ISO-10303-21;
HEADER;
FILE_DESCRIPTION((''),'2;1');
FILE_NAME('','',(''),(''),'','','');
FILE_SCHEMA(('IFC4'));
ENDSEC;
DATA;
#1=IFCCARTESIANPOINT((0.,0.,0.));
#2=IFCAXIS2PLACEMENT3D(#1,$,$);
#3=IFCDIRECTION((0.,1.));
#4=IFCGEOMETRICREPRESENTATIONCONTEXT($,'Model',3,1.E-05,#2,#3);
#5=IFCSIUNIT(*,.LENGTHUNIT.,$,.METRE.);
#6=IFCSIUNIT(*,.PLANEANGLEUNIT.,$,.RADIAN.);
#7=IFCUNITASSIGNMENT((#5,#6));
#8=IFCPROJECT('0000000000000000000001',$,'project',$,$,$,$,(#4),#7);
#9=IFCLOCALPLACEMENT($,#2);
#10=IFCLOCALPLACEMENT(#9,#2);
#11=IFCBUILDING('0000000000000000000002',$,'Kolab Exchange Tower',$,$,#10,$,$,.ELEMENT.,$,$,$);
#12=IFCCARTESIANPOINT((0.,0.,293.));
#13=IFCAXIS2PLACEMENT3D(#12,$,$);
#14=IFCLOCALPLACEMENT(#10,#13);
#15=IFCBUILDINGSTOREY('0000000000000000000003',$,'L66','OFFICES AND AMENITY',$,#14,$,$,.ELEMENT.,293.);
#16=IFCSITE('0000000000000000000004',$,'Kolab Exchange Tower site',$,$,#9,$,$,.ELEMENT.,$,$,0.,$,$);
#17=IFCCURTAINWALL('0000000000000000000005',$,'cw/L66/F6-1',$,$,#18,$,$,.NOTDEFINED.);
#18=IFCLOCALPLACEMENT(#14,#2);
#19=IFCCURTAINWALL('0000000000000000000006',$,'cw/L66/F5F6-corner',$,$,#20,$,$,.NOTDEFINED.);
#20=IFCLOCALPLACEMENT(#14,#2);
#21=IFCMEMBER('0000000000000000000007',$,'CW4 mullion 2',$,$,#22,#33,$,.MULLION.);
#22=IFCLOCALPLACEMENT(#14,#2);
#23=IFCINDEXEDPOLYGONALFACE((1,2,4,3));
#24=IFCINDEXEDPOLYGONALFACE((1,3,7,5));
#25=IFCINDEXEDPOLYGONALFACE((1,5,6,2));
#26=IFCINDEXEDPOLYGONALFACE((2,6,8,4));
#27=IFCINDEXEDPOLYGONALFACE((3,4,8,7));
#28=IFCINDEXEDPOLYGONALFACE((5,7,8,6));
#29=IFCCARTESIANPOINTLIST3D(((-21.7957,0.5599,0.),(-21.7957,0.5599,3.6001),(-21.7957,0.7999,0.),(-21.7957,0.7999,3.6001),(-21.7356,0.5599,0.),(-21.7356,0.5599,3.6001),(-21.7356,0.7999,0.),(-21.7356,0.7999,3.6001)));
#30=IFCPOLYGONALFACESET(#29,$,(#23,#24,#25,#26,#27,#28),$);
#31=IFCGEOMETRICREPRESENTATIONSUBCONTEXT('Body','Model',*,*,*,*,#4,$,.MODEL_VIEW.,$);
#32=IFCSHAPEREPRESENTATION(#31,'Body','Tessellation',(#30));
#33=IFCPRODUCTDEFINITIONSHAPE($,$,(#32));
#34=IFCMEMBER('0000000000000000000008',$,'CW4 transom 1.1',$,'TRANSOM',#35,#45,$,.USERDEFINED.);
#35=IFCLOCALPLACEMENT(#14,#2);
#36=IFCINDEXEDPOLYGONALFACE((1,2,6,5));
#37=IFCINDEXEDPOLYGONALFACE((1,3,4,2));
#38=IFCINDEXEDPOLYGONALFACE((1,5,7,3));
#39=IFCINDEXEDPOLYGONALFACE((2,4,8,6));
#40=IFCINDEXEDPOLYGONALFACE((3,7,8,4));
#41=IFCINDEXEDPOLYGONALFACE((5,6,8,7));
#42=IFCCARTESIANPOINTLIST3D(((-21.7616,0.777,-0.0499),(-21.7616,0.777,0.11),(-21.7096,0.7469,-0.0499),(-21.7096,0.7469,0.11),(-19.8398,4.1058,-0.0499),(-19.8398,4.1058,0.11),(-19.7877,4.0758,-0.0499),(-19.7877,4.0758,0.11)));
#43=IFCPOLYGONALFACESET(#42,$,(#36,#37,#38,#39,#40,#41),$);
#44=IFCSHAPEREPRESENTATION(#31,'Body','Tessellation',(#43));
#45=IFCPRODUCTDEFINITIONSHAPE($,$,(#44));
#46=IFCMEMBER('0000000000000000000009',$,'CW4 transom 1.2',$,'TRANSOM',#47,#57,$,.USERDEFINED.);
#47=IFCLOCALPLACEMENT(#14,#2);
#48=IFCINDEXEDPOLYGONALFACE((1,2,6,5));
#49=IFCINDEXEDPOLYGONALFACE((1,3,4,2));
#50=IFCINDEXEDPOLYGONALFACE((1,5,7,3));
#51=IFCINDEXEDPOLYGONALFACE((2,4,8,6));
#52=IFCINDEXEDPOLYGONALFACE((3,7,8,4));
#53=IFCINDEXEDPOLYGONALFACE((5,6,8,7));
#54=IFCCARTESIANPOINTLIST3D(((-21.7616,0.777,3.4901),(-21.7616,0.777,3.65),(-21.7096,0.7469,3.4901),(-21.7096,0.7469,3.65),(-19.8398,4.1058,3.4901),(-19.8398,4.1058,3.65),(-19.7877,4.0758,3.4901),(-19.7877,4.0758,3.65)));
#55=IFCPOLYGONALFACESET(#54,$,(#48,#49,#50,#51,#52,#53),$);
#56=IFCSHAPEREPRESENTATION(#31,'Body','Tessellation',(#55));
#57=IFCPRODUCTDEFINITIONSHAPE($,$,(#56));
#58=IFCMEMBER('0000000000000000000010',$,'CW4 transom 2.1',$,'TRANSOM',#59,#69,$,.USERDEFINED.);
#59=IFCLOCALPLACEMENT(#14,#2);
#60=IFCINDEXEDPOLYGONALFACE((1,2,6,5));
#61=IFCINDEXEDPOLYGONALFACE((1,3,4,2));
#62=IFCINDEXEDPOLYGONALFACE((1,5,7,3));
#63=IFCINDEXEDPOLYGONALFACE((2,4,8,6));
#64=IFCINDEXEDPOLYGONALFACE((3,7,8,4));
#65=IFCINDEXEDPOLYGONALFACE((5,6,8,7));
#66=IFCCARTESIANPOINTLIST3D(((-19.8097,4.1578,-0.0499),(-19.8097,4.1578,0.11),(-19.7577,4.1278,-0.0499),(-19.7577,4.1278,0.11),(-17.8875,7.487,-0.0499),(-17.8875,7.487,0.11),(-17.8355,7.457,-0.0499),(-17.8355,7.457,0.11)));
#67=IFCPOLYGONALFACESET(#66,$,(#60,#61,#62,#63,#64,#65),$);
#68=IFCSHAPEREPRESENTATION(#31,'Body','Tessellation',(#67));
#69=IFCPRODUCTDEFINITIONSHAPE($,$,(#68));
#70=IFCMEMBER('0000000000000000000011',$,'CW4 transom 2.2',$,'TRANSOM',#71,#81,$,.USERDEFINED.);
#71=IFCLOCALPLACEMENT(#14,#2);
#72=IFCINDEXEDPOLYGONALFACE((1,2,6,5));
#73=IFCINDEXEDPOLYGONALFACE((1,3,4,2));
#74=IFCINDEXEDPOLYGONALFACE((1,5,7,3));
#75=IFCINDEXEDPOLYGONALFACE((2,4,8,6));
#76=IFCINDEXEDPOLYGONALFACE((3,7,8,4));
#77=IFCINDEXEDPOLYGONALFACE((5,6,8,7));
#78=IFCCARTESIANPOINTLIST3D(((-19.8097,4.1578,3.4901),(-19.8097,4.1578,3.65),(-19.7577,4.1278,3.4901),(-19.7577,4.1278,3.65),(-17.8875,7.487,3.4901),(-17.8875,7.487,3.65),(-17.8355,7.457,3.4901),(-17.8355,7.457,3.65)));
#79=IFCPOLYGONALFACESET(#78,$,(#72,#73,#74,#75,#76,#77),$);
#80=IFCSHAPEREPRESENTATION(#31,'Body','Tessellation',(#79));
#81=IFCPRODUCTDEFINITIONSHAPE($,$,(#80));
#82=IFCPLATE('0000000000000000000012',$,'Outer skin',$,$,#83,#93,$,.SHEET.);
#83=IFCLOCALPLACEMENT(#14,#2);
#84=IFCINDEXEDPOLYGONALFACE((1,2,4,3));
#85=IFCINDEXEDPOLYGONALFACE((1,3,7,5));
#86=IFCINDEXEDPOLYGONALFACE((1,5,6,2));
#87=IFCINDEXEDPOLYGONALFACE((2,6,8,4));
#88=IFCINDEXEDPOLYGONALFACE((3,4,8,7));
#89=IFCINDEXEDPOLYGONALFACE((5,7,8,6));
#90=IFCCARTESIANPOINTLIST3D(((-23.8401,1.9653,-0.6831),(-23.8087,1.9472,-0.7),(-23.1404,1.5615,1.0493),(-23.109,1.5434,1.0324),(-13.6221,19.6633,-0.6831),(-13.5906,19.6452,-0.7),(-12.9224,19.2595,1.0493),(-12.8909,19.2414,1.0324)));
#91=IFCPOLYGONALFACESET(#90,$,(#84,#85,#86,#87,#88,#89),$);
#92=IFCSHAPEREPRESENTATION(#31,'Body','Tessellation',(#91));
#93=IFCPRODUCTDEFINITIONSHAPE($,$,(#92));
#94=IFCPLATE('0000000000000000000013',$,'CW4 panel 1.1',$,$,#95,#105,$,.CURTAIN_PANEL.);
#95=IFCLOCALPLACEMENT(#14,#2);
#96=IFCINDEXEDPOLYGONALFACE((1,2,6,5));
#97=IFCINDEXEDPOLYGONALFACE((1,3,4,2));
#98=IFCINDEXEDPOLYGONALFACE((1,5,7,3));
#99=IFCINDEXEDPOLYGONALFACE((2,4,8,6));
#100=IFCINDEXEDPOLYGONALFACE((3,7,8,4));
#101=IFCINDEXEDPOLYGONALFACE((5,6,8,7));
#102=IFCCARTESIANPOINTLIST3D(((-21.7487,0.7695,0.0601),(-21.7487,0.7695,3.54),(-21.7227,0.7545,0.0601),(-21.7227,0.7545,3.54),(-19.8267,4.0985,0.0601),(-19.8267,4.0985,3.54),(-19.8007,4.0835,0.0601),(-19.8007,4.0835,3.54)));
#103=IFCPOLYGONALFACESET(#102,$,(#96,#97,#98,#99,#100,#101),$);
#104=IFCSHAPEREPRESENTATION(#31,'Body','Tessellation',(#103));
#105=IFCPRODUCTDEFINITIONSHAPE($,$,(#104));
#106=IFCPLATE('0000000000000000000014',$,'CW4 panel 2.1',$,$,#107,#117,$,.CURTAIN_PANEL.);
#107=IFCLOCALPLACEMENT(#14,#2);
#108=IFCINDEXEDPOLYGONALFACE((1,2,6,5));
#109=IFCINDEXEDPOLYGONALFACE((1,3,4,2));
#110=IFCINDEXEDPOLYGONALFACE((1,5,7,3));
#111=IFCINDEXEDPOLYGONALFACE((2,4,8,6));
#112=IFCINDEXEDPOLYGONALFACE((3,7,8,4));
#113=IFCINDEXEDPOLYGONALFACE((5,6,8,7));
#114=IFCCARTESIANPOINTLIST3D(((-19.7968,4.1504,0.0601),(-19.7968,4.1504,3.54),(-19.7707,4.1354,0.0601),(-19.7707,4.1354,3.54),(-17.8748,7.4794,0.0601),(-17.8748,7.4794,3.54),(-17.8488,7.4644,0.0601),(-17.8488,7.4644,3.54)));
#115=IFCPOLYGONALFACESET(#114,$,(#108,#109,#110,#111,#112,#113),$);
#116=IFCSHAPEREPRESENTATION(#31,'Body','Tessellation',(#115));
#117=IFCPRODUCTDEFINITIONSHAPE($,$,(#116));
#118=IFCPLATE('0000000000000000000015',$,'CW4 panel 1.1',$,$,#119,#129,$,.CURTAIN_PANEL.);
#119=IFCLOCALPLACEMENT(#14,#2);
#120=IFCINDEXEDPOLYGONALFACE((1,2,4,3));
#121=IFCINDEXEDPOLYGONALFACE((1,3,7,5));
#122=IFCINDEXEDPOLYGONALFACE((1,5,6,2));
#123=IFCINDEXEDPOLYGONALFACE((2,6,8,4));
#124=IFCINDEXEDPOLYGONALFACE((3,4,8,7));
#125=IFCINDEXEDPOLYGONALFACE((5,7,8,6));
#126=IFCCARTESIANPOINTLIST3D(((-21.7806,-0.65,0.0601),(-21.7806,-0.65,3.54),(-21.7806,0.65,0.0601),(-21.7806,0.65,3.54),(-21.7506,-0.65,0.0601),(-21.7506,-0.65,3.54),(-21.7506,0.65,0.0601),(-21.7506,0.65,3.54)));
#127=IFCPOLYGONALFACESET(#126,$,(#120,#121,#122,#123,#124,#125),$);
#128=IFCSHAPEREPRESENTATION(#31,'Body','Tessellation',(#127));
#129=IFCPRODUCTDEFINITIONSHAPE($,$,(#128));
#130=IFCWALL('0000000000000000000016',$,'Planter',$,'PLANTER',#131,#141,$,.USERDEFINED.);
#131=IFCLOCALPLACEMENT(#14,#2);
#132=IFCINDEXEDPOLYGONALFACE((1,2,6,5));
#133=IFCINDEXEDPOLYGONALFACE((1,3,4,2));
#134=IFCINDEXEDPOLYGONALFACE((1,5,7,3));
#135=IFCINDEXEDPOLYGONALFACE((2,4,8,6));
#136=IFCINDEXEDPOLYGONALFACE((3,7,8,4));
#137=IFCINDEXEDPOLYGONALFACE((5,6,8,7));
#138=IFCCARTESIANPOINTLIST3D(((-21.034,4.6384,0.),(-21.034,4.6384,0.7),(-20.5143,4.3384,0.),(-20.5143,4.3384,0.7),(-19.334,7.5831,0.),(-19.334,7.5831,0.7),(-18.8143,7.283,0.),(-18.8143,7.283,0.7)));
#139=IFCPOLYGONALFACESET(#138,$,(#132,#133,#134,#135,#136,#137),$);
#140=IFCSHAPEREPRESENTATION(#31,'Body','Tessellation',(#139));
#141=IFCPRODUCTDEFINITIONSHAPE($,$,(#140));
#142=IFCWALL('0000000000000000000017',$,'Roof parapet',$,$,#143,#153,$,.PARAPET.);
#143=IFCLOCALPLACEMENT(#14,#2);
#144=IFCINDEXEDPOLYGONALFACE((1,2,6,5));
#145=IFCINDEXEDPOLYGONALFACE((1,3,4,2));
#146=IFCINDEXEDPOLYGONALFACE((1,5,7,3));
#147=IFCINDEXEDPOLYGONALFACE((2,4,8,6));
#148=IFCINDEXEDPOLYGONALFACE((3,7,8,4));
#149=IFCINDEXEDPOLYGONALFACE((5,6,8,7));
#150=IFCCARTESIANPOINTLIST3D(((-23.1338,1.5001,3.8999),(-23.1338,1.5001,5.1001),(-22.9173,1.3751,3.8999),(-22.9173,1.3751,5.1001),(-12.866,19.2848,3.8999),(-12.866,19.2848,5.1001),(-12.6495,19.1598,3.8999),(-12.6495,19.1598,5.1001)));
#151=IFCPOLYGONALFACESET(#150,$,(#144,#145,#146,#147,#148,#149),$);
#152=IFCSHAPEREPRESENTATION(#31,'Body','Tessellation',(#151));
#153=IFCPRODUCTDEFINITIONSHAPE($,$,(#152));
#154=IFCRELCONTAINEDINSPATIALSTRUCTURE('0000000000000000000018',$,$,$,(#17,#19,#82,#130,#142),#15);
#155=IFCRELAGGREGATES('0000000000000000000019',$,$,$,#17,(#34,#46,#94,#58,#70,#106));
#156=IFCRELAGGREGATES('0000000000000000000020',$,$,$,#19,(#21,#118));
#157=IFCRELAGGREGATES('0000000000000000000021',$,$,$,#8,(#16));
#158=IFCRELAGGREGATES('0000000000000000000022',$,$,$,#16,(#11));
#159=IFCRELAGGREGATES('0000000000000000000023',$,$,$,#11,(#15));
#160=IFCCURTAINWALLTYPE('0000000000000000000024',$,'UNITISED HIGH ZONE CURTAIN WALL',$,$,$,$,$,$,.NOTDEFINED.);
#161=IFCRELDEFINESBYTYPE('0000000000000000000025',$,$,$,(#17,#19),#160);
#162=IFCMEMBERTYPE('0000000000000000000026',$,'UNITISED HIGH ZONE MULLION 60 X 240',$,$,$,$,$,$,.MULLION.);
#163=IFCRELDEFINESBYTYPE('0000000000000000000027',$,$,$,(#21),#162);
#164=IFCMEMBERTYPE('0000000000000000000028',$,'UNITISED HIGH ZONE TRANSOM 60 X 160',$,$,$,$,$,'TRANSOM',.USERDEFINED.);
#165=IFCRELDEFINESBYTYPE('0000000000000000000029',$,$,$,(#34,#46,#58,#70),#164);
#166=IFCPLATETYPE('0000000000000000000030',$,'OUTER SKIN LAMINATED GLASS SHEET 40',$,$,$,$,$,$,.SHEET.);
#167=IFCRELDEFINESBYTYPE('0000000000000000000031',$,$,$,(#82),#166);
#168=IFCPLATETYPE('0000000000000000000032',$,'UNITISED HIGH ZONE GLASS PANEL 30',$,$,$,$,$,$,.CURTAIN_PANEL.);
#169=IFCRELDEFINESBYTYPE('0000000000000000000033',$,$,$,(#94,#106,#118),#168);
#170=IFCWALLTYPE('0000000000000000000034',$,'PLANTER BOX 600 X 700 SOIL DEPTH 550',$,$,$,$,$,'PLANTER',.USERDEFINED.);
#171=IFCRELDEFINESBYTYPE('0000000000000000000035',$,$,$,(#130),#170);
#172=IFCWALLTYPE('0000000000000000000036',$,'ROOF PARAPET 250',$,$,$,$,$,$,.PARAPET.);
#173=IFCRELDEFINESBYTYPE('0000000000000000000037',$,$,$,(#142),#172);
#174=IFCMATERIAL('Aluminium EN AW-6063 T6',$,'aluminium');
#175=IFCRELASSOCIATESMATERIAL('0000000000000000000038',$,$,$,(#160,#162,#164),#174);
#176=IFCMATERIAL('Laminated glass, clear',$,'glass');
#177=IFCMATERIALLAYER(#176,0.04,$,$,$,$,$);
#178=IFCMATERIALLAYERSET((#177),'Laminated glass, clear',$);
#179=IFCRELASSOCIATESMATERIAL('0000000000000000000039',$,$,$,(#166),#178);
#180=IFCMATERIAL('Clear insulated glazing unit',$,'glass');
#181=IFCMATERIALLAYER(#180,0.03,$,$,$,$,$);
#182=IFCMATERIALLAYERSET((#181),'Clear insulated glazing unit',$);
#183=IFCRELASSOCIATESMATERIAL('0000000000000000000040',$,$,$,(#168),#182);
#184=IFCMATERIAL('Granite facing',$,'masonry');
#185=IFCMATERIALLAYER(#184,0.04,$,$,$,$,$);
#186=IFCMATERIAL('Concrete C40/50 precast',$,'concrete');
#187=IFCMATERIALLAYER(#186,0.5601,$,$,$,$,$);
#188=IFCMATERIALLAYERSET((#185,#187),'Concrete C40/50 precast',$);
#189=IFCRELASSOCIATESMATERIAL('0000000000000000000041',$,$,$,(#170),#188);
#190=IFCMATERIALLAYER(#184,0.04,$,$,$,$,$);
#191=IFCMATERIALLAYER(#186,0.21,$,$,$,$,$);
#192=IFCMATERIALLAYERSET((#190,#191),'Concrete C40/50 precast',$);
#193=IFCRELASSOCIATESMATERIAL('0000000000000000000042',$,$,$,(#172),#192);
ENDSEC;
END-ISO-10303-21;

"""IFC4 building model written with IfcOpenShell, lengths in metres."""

from ifc_helpers import new_model, si_unit, direction, frame, frame_2d, origin, origin_2d, place, context, subcontext, project, spatial, polyline, rectangle, outline, extrude, material, layer, layer_set, material_profile, profile_set, type_object, element, aggregate, save


model = new_model("IFC4")

# Units and contexts
model_context = context("Model", 3, precision=1e-05, world=origin(), true_north=direction((0.0, 1.0)))
body_context = subcontext(model_context, "Body", "Model", "MODEL_VIEW")
ifc_project = project(units=[si_unit("LENGTHUNIT", "METRE"), si_unit("PLANEANGLEUNIT", "RADIAN")], contexts=[model_context])

# Site, building, storey
site_placement = place(None, origin())
site = spatial("IfcSite", under=ifc_project, at=site_placement, Name="Kolab Exchange Tower site", CompositionType="ELEMENT", RefElevation=0.0)
building_placement = place(site_placement, origin())
building = spatial("IfcBuilding", under=site, at=building_placement, Name="Kolab Exchange Tower", CompositionType="ELEMENT")
storey_placement = place(building_placement, frame((0.0, 0.0, 293.0)))
storey = spatial("IfcBuildingStorey", under=building, at=storey_placement, Name="L66", Description="OFFICES AND AMENITY", CompositionType="ELEMENT", Elevation=293.0)

# Curtain wall
ifc_material_1 = material(Name="Aluminium EN AW-6063 T6", Category="aluminium")
curtain_wall_type = type_object("IfcCurtainWallType", Name="UNITISED HIGH ZONE CURTAIN WALL", PredefinedType="NOTDEFINED", material=ifc_material_1)
curtain_wall_1_placement = place(storey_placement, origin())
curtain_wall_1 = element("IfcCurtainWall", 1, at=curtain_wall_1_placement, inside=storey, type_object=curtain_wall_type, Name="cw/L66/F6-1", PredefinedType="NOTDEFINED")
ifc_material_profile_1 = material_profile(ifc_material_1, rectangle(XDim=0.0601, YDim=0.24, at=origin_2d()), Name="RECT 60X240")
ifc_profile_set_1 = profile_set([ifc_material_profile_1], Name="Aluminium EN AW-6063 T6")
member_type_1 = type_object("IfcMemberType", Name="UNITISED HIGH ZONE MULLION 60 X 240", PredefinedType="MULLION", material=ifc_profile_set_1)

# Curtain wall, member
curtain_wall_2_placement = place(storey_placement, origin())
curtain_wall_2 = element("IfcCurtainWall", 2, at=curtain_wall_2_placement, inside=storey, type_object=curtain_wall_type, Name="cw/L66/F5F6-corner", PredefinedType="NOTDEFINED")
member_1_placement = place(storey_placement, frame((-21.7656, 0.6799, 0.0), z_axis=(0.0, 0.0, 1.0), x_axis=(-1.0, 0.0, 0.0)))
member_1 = element("IfcMember", 3, at=member_1_placement, type_object=member_type_1, Name="CW4 mullion 2", PredefinedType="MULLION", context=body_context, shape_type="SweptSolid", body=[
    extrude(rectangle(XDim=0.0601, YDim=0.24, at=origin_2d()), origin(), (0.0, 0.0, 1.0), 3.6001),
])

# Members
ifc_material_profile_2 = material_profile(ifc_material_1, rectangle(XDim=0.0601, YDim=0.1599, at=origin_2d()), Name="RECT 60X160")
ifc_profile_set_2 = profile_set([ifc_material_profile_2], Name="Aluminium EN AW-6063 T6")
member_type_2 = type_object("IfcMemberType", Name="UNITISED HIGH ZONE TRANSOM 60 X 160", ElementType="TRANSOM", PredefinedType="USERDEFINED", material=ifc_profile_set_2)
member_2_placement = place(storey_placement, frame((-21.7356, 0.762, 0.03), z_axis=(0.499992, 0.86603, 0.0), x_axis=(-0.86603, 0.499992, 0.0)))
member_2 = element("IfcMember", 4, at=member_2_placement, type_object=member_type_2, Name="CW4 transom 1.1", ObjectType="TRANSOM", PredefinedType="USERDEFINED", context=body_context, shape_type="SweptSolid", body=[
    extrude(rectangle(XDim=0.0601, YDim=0.1599, at=origin_2d()), origin(), (0.0, 0.0, 1.0), 3.8438),
])
member_3_placement = place(storey_placement, frame((-21.7356, 0.762, 3.5701), z_axis=(0.499992, 0.86603, 0.0), x_axis=(-0.86603, 0.499992, 0.0)))
member_3 = element("IfcMember", 5, at=member_3_placement, type_object=member_type_2, Name="CW4 transom 1.2", ObjectType="TRANSOM", PredefinedType="USERDEFINED", context=body_context, shape_type="SweptSolid", body=[
    extrude(rectangle(XDim=0.0601, YDim=0.1599, at=origin_2d()), origin(), (0.0, 0.0, 1.0), 3.8438),
])
member_4_placement = place(storey_placement, frame((-19.7837, 4.1428, 0.03), z_axis=(0.500012, 0.866018, 0.0), x_axis=(-0.866018, 0.500012, 0.0)))
member_4 = element("IfcMember", 6, at=member_4_placement, type_object=member_type_2, Name="CW4 transom 2.1", ObjectType="TRANSOM", PredefinedType="USERDEFINED", context=body_context, shape_type="SweptSolid", body=[
    extrude(rectangle(XDim=0.0601, YDim=0.1599, at=origin_2d()), origin(), (0.0, 0.0, 1.0), 3.8442),
])
member_5_placement = place(storey_placement, frame((-19.7837, 4.1428, 3.5701), z_axis=(0.500012, 0.866018, 0.0), x_axis=(-0.866018, 0.500012, 0.0)))
member_5 = element("IfcMember", 7, at=member_5_placement, type_object=member_type_2, Name="CW4 transom 2.2", ObjectType="TRANSOM", PredefinedType="USERDEFINED", context=body_context, shape_type="SweptSolid", body=[
    extrude(rectangle(XDim=0.0601, YDim=0.1599, at=origin_2d()), origin(), (0.0, 0.0, 1.0), 3.8442),
])

# Plates
ifc_material_2 = material(Name="Laminated glass, clear", Category="glass")
ifc_layer_1 = layer(ifc_material_2, 0.04)
ifc_layer_set_1 = layer_set([ifc_layer_1], Name="Laminated glass, clear")
plate_type_1 = type_object("IfcPlateType", Name="OUTER SKIN LAMINATED GLASS SHEET 40", PredefinedType="SHEET", material=ifc_layer_set_1)
plate_1_placement = place(storey_placement, frame((-23.8401, 1.9653, -0.6831), z_axis=(-0.78488, 0.453154, 0.42263), x_axis=(0.500003, 0.866024, 0.0)))
element("IfcPlate", 8, at=plate_1_placement, inside=storey, type_object=plate_type_1, Name="Outer skin", PredefinedType="SHEET", context=body_context, shape_type="SweptSolid", body=[
    extrude(outline(polyline([(0.0, 0.0), (20.4359, 0.0), (20.4361, -1.9115), (0.0001, -1.9115), (0.0, 0.0)])), origin(), (0.0, 0.0, -1.0), 0.04),
])
ifc_material_3 = material(Name="Clear insulated glazing unit", Category="glass")
ifc_layer_2 = layer(ifc_material_3, 0.03)
ifc_layer_set_2 = layer_set([ifc_layer_2], Name="Clear insulated glazing unit")
plate_type_2 = type_object("IfcPlateType", Name="UNITISED HIGH ZONE GLASS PANEL 30", PredefinedType="CURTAIN_PANEL", material=ifc_layer_set_2)
plate_2_placement = place(storey_placement, frame((-20.7747, 2.4265, 0.0601), z_axis=(0.0, 0.0, 1.0), x_axis=(0.5, 0.866025, 0.0)))
plate_2 = element("IfcPlate", 9, at=plate_2_placement, type_object=plate_type_2, Name="CW4 panel 1.1", PredefinedType="CURTAIN_PANEL", context=body_context, shape_type="SweptSolid", body=[
    extrude(rectangle(XDim=3.844, YDim=0.03, at=origin_2d()), origin(), (0.0, 0.0, 1.0), 3.48),
])
plate_3_placement = place(storey_placement, frame((-18.8228, 5.8074, 0.0601), z_axis=(0.0, 0.0, 1.0), x_axis=(0.5, 0.866025, 0.0)))
plate_3 = element("IfcPlate", 10, at=plate_3_placement, type_object=plate_type_2, Name="CW4 panel 2.1", PredefinedType="CURTAIN_PANEL", context=body_context, shape_type="SweptSolid", body=[
    extrude(rectangle(XDim=3.844, YDim=0.03, at=origin_2d()), origin(), (0.0, 0.0, 1.0), 3.48),
])
aggregate(curtain_wall_1, [member_2, member_3, plate_2, member_4, member_5, plate_3])
plate_4_placement = place(storey_placement, frame((-21.7656, 0.0, 0.0601), z_axis=(0.0, 0.0, 1.0), x_axis=(0.0, 1.0, 0.0)))
plate_4 = element("IfcPlate", 11, at=plate_4_placement, type_object=plate_type_2, Name="CW4 panel 1.1", PredefinedType="CURTAIN_PANEL", context=body_context, shape_type="SweptSolid", body=[
    extrude(rectangle(XDim=1.3, YDim=0.03, at=origin_2d()), origin(), (0.0, 0.0, 1.0), 3.48),
])
aggregate(curtain_wall_2, [member_1, plate_4])

# Walls
ifc_material_4 = material(Name="Granite facing", Category="masonry")
ifc_layer_3 = layer(ifc_material_4, 0.04)
ifc_material_5 = material(Name="Concrete C40/50 precast", Category="concrete")
ifc_layer_4 = layer(ifc_material_5, 0.5601)
ifc_layer_set_3 = layer_set([ifc_layer_3, ifc_layer_4], Name="Concrete C40/50 precast")
wall_type_1 = type_object("IfcWallType", Name="PLANTER BOX 600 X 700 SOIL DEPTH 550", ElementType="PLANTER", PredefinedType="USERDEFINED", material=ifc_layer_set_3)
wall_1_placement = place(storey_placement, frame((-20.7742, 4.4883, 0.0), z_axis=(0.0, 0.0, 1.0), x_axis=(0.499977, 0.866039, 0.0)))
element("IfcWall", 12, at=wall_1_placement, inside=storey, type_object=wall_type_1, Name="Planter", ObjectType="PLANTER", PredefinedType="USERDEFINED", context=body_context, shape_type="SweptSolid", body=[
    extrude(rectangle(XDim=3.4001, YDim=0.6001, at=frame_2d((1.7002, 0.0))), origin(), (0.0, 0.0, 1.0), 0.7),
])
ifc_layer_5 = layer(ifc_material_4, 0.04)
ifc_layer_6 = layer(ifc_material_5, 0.21)
ifc_layer_set_4 = layer_set([ifc_layer_5, ifc_layer_6], Name="Concrete C40/50 precast")
wall_type_2 = type_object("IfcWallType", Name="ROOF PARAPET 250", PredefinedType="PARAPET", material=ifc_layer_set_4)
wall_2_placement = place(storey_placement, frame((-23.0256, 1.4375, 3.8999), z_axis=(0.0, 0.0, 1.0), x_axis=(0.499994, 0.866029, 0.0)))
element("IfcWall", 13, at=wall_2_placement, inside=storey, type_object=wall_type_2, Name="Roof parapet", PredefinedType="PARAPET", context=body_context, shape_type="SweptSolid", body=[
    extrude(rectangle(XDim=20.5359, YDim=0.25, at=frame_2d((10.2681, 0.0))), origin(), (0.0, 0.0, 1.0), 1.2002),
])

save(model, "model.ifc")
